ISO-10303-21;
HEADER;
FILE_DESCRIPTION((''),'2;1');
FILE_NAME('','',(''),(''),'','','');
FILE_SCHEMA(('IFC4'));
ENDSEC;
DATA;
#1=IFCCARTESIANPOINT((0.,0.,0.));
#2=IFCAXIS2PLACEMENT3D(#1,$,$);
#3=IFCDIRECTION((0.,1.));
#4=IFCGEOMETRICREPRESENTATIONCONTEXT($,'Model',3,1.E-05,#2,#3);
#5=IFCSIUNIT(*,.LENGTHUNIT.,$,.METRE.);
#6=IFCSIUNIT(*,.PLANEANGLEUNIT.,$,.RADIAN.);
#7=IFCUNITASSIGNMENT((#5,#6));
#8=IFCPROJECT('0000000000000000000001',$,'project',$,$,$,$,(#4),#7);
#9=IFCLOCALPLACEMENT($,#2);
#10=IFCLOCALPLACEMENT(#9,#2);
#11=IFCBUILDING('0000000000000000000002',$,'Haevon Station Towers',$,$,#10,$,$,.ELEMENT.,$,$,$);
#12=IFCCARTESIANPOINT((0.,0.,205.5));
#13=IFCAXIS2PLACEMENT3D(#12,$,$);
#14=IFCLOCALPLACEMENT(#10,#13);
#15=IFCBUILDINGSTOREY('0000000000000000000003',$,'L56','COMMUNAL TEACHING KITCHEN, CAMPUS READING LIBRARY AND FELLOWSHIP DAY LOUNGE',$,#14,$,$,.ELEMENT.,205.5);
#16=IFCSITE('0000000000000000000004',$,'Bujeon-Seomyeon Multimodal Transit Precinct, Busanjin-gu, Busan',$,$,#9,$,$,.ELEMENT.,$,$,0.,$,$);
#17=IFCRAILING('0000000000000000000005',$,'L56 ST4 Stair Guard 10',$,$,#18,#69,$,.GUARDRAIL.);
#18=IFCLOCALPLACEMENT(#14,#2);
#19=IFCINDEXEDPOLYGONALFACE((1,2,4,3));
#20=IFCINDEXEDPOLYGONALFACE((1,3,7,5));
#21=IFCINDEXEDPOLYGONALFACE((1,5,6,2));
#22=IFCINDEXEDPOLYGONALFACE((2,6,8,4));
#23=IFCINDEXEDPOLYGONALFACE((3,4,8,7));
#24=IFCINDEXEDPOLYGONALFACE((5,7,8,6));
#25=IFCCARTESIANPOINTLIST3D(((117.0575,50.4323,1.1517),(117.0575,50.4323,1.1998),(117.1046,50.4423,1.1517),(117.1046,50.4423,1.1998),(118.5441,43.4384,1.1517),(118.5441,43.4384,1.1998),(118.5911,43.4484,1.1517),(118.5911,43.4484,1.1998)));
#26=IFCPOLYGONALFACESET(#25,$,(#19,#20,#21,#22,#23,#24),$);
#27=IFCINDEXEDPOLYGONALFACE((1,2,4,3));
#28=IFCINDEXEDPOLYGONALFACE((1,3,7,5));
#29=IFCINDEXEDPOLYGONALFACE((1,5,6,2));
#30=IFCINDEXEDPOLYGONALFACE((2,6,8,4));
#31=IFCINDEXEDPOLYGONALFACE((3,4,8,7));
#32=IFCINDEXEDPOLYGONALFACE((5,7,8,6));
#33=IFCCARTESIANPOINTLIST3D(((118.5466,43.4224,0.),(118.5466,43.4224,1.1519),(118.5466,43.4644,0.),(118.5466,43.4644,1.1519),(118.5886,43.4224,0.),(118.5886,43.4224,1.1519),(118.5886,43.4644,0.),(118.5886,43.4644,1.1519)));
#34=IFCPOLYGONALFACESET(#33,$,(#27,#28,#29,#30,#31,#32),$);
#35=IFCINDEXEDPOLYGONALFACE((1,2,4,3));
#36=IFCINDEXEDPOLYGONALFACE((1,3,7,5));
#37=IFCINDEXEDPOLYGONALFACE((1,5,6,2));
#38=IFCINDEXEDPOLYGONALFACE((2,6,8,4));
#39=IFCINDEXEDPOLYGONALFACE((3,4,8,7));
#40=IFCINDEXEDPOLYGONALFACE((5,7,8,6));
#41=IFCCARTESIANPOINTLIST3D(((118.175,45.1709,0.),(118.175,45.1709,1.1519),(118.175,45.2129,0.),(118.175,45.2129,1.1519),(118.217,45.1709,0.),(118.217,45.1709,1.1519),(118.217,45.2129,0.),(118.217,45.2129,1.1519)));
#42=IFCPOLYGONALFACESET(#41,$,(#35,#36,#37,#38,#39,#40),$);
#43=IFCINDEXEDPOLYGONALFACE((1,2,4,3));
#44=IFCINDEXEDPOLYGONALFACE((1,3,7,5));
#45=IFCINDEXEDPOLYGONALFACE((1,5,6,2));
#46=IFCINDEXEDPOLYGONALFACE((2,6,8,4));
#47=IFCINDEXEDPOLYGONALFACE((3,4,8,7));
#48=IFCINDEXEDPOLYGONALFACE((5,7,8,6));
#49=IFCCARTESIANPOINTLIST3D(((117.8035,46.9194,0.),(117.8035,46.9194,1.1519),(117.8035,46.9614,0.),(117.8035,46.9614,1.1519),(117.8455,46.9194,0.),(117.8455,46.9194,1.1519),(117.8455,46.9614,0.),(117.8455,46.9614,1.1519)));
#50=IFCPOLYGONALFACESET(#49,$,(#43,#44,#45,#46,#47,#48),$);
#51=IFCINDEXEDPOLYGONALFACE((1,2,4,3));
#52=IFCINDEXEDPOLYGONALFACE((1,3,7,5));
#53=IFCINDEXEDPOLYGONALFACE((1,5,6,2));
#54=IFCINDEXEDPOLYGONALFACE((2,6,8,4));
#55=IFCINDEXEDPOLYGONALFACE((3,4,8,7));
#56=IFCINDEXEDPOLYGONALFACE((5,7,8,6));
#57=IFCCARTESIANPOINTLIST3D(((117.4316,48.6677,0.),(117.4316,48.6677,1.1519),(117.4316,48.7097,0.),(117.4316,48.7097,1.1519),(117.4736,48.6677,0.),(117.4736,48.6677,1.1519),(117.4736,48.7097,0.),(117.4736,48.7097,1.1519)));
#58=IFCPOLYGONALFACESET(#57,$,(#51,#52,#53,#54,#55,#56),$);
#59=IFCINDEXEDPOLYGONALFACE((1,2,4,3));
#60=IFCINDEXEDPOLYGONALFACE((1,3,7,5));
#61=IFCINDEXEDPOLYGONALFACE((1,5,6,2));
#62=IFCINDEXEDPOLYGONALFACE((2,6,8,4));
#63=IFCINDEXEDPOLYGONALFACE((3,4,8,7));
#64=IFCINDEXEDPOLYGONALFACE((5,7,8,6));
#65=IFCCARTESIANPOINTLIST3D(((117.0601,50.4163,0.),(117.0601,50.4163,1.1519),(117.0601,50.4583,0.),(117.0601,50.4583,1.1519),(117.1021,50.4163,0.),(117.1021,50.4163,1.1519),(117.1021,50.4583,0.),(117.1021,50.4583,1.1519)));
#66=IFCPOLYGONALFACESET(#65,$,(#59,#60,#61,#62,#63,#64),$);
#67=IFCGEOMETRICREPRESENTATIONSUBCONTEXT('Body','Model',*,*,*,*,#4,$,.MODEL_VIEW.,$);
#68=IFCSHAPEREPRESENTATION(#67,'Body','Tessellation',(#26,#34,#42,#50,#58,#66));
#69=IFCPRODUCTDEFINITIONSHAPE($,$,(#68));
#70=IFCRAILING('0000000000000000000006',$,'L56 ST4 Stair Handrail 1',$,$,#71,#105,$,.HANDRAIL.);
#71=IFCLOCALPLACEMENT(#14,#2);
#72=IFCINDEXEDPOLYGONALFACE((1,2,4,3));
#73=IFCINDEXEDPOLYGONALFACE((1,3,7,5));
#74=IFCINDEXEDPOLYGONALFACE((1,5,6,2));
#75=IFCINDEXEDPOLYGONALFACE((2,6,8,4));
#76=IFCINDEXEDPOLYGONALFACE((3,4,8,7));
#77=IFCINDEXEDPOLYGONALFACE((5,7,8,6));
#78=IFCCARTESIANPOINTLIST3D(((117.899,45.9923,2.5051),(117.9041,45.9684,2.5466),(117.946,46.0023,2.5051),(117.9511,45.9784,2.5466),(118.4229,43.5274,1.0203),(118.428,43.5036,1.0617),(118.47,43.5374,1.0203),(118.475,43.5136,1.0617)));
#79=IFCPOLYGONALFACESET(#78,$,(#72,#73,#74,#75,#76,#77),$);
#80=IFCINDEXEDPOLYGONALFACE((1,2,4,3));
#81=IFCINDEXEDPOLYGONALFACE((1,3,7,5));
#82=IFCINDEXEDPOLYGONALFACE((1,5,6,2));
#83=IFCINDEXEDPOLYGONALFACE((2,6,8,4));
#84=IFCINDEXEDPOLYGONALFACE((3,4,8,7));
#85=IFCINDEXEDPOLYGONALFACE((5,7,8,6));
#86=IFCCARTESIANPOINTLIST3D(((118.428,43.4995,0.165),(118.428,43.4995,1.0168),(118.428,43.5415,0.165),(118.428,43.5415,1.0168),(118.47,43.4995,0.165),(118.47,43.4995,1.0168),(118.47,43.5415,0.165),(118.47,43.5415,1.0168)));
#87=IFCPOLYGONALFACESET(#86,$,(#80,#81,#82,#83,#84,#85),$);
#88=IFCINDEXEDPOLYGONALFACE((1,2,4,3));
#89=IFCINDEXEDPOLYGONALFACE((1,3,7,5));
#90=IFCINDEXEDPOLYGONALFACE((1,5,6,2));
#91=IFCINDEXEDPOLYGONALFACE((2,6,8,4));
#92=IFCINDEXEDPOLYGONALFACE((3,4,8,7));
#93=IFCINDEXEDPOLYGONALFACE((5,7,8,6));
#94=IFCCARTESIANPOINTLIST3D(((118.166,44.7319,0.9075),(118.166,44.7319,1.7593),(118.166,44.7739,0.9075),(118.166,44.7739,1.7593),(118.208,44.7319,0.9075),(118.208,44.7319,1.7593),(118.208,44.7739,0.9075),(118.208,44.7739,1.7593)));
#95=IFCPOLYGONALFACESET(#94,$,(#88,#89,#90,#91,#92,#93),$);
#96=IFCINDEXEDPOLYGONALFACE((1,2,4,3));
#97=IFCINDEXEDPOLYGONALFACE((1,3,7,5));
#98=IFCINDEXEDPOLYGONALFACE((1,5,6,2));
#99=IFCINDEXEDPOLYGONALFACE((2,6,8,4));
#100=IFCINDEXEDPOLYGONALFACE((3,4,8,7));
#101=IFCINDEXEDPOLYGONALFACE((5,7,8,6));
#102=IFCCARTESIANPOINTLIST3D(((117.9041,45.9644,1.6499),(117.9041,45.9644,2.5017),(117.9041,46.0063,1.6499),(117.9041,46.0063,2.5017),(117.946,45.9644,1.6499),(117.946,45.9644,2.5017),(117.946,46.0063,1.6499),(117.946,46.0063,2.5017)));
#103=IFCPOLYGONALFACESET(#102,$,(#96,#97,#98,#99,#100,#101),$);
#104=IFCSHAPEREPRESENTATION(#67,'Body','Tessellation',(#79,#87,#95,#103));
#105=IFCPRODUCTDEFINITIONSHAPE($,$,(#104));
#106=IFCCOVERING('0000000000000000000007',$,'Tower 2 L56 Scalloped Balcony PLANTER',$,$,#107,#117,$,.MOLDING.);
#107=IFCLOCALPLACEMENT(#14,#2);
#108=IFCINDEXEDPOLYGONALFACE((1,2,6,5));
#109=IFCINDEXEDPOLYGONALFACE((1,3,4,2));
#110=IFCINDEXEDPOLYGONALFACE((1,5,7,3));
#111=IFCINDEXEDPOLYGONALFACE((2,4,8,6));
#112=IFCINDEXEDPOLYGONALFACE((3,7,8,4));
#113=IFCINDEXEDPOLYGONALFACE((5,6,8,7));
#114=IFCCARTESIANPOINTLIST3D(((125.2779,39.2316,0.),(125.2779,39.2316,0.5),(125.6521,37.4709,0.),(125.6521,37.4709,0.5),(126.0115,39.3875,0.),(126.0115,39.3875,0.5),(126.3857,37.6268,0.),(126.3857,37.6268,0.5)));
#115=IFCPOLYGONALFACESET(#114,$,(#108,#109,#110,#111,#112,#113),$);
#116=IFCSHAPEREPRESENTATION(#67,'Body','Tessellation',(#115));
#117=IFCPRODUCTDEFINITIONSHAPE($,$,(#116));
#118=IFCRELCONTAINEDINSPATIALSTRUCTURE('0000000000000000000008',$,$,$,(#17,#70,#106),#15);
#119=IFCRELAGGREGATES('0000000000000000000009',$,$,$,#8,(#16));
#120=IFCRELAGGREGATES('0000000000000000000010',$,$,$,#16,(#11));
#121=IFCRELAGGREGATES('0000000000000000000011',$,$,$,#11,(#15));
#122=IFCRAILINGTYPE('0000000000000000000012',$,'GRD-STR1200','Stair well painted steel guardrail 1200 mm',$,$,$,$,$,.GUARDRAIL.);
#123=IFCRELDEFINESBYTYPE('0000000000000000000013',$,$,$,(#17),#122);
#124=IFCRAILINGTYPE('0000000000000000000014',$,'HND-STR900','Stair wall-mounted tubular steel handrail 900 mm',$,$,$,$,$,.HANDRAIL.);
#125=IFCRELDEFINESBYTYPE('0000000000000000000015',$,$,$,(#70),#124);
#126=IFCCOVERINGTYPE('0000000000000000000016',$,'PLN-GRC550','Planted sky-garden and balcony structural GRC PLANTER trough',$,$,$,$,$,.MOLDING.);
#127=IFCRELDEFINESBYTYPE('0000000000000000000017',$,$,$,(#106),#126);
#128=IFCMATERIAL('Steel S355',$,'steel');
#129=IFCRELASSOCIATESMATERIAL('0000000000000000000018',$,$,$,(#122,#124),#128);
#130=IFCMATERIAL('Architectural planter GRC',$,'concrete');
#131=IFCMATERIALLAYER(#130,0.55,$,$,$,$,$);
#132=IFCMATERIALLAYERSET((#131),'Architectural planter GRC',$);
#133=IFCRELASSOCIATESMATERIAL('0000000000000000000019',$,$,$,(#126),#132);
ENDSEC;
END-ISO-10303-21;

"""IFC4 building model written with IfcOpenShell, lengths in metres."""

from ifc_helpers import new_model, si_unit, direction, frame, origin, origin_2d, place, context, subcontext, project, spatial, rectangle, extrude, material, layer, layer_set, type_object, element, save


model = new_model("IFC4")

# Units and contexts
model_context = context("Model", 3, precision=1e-05, world=origin(), true_north=direction((0.0, 1.0)))
body_context = subcontext(model_context, "Body", "Model", "MODEL_VIEW")
ifc_project = project(units=[si_unit("LENGTHUNIT", "METRE"), si_unit("PLANEANGLEUNIT", "RADIAN")], contexts=[model_context])

# Site, building, storey
site_placement = place(None, origin())
site = spatial("IfcSite", under=ifc_project, at=site_placement, Name="Bujeon-Seomyeon Multimodal Transit Precinct, Busanjin-gu, Busan", CompositionType="ELEMENT", RefElevation=0.0)
building_placement = place(site_placement, origin())
building = spatial("IfcBuilding", under=site, at=building_placement, Name="Haevon Station Towers", CompositionType="ELEMENT")
storey_placement = place(building_placement, frame((0.0, 0.0, 205.5)))
storey = spatial("IfcBuildingStorey", under=building, at=storey_placement, Name="L56", Description="COMMUNAL TEACHING KITCHEN, CAMPUS READING LIBRARY AND FELLOWSHIP DAY LOUNGE", CompositionType="ELEMENT", Elevation=205.5)

# Shared definitions
ifc_material_1 = material(Name="Steel S355", Category="steel")

# Railings
railing_type_1 = type_object("IfcRailingType", Name="GRD-STR1200", Description="Stair well painted steel guardrail 1200 mm", PredefinedType="GUARDRAIL", material=ifc_material_1)
railing_1_placement = place(storey_placement, frame((118.5676, 43.4434, 0.0)))
element("IfcRailing", 1, at=railing_1_placement, inside=storey, type_object=railing_type_1, Name="L56 ST4 Stair Guard 10", PredefinedType="GUARDRAIL", context=body_context, shape_type="SweptSolid", body=[
    extrude(rectangle(XDim=0.0481, YDim=0.0481, at=origin_2d()), frame((0.0, 0.0, 1.1758), z_axis=(-0.207908, 0.978148, 0.0), x_axis=(-0.978148, -0.207908, 0.0)), (0.0, 0.0, 1.0), 7.1501),
    extrude(rectangle(XDim=0.042, YDim=0.042, at=origin_2d()), origin(), (0.0, 0.0, 1.0), 1.1519),
    extrude(rectangle(XDim=0.042, YDim=0.042, at=origin_2d()), frame((-0.3716, 1.7485, 0.0)), (0.0, 0.0, 1.0), 1.1519),
    extrude(rectangle(XDim=0.042, YDim=0.042, at=origin_2d()), frame((-0.7432, 3.4971, 0.0)), (0.0, 0.0, 1.0), 1.1519),
    extrude(rectangle(XDim=0.042, YDim=0.042, at=origin_2d()), frame((-1.115, 5.2454, 0.0)), (0.0, 0.0, 1.0), 1.1519),
    extrude(rectangle(XDim=0.042, YDim=0.042, at=origin_2d()), frame((-1.4866, 6.9939, 0.0)), (0.0, 0.0, 1.0), 1.1519),
])
railing_type_2 = type_object("IfcRailingType", Name="HND-STR900", Description="Stair wall-mounted tubular steel handrail 900 mm", PredefinedType="HANDRAIL", material=ifc_material_1)
railing_2_placement = place(storey_placement, frame((118.449, 43.5205, 0.165)))
element("IfcRailing", 2, at=railing_2_placement, inside=storey, type_object=railing_type_2, Name="L56 ST4 Stair Handrail 1", PredefinedType="HANDRAIL", context=body_context, shape_type="SweptSolid", body=[
    extrude(rectangle(XDim=0.0481, YDim=0.0481, at=origin_2d()), frame((0.0, 0.0, 0.876), z_axis=(-0.179129, 0.842724, 0.507671), x_axis=(-0.978147, -0.207914, 0.0)), (0.0, 0.0, 1.0), 2.9248),
    extrude(rectangle(XDim=0.042, YDim=0.042, at=origin_2d()), origin(), (0.0, 0.0, 1.0), 0.8518),
    extrude(rectangle(XDim=0.042, YDim=0.042, at=origin_2d()), frame((-0.262, 1.2324, 0.7424)), (0.0, 0.0, 1.0), 0.8518),
    extrude(rectangle(XDim=0.042, YDim=0.042, at=origin_2d()), frame((-0.5239, 2.4648, 1.4849)), (0.0, 0.0, 1.0), 0.8518),
])

# Covering
ifc_material_2 = material(Name="Architectural planter GRC", Category="concrete")
ifc_layer_1 = layer(ifc_material_2, 0.55)
ifc_layer_set_1 = layer_set([ifc_layer_1], Name="Architectural planter GRC")
covering_type = type_object("IfcCoveringType", Name="PLN-GRC550", Description="Planted sky-garden and balcony structural GRC PLANTER trough", PredefinedType="MOLDING", material=ifc_layer_set_1)
covering_placement = place(storey_placement, frame((125.8318, 38.4292, 0.0), z_axis=(0.0, 0.0, 1.0), x_axis=(0.978148, 0.207912, 0.0)))
element("IfcCovering", 3, at=covering_placement, inside=storey, type_object=covering_type, Name="Tower 2 L56 Scalloped Balcony PLANTER", PredefinedType="MOLDING", context=body_context, shape_type="SweptSolid", body=[
    extrude(rectangle(XDim=0.75, YDim=1.8, at=origin_2d()), origin(), (0.0, 0.0, 1.0), 0.5),
])

save(model, "model.ifc")
